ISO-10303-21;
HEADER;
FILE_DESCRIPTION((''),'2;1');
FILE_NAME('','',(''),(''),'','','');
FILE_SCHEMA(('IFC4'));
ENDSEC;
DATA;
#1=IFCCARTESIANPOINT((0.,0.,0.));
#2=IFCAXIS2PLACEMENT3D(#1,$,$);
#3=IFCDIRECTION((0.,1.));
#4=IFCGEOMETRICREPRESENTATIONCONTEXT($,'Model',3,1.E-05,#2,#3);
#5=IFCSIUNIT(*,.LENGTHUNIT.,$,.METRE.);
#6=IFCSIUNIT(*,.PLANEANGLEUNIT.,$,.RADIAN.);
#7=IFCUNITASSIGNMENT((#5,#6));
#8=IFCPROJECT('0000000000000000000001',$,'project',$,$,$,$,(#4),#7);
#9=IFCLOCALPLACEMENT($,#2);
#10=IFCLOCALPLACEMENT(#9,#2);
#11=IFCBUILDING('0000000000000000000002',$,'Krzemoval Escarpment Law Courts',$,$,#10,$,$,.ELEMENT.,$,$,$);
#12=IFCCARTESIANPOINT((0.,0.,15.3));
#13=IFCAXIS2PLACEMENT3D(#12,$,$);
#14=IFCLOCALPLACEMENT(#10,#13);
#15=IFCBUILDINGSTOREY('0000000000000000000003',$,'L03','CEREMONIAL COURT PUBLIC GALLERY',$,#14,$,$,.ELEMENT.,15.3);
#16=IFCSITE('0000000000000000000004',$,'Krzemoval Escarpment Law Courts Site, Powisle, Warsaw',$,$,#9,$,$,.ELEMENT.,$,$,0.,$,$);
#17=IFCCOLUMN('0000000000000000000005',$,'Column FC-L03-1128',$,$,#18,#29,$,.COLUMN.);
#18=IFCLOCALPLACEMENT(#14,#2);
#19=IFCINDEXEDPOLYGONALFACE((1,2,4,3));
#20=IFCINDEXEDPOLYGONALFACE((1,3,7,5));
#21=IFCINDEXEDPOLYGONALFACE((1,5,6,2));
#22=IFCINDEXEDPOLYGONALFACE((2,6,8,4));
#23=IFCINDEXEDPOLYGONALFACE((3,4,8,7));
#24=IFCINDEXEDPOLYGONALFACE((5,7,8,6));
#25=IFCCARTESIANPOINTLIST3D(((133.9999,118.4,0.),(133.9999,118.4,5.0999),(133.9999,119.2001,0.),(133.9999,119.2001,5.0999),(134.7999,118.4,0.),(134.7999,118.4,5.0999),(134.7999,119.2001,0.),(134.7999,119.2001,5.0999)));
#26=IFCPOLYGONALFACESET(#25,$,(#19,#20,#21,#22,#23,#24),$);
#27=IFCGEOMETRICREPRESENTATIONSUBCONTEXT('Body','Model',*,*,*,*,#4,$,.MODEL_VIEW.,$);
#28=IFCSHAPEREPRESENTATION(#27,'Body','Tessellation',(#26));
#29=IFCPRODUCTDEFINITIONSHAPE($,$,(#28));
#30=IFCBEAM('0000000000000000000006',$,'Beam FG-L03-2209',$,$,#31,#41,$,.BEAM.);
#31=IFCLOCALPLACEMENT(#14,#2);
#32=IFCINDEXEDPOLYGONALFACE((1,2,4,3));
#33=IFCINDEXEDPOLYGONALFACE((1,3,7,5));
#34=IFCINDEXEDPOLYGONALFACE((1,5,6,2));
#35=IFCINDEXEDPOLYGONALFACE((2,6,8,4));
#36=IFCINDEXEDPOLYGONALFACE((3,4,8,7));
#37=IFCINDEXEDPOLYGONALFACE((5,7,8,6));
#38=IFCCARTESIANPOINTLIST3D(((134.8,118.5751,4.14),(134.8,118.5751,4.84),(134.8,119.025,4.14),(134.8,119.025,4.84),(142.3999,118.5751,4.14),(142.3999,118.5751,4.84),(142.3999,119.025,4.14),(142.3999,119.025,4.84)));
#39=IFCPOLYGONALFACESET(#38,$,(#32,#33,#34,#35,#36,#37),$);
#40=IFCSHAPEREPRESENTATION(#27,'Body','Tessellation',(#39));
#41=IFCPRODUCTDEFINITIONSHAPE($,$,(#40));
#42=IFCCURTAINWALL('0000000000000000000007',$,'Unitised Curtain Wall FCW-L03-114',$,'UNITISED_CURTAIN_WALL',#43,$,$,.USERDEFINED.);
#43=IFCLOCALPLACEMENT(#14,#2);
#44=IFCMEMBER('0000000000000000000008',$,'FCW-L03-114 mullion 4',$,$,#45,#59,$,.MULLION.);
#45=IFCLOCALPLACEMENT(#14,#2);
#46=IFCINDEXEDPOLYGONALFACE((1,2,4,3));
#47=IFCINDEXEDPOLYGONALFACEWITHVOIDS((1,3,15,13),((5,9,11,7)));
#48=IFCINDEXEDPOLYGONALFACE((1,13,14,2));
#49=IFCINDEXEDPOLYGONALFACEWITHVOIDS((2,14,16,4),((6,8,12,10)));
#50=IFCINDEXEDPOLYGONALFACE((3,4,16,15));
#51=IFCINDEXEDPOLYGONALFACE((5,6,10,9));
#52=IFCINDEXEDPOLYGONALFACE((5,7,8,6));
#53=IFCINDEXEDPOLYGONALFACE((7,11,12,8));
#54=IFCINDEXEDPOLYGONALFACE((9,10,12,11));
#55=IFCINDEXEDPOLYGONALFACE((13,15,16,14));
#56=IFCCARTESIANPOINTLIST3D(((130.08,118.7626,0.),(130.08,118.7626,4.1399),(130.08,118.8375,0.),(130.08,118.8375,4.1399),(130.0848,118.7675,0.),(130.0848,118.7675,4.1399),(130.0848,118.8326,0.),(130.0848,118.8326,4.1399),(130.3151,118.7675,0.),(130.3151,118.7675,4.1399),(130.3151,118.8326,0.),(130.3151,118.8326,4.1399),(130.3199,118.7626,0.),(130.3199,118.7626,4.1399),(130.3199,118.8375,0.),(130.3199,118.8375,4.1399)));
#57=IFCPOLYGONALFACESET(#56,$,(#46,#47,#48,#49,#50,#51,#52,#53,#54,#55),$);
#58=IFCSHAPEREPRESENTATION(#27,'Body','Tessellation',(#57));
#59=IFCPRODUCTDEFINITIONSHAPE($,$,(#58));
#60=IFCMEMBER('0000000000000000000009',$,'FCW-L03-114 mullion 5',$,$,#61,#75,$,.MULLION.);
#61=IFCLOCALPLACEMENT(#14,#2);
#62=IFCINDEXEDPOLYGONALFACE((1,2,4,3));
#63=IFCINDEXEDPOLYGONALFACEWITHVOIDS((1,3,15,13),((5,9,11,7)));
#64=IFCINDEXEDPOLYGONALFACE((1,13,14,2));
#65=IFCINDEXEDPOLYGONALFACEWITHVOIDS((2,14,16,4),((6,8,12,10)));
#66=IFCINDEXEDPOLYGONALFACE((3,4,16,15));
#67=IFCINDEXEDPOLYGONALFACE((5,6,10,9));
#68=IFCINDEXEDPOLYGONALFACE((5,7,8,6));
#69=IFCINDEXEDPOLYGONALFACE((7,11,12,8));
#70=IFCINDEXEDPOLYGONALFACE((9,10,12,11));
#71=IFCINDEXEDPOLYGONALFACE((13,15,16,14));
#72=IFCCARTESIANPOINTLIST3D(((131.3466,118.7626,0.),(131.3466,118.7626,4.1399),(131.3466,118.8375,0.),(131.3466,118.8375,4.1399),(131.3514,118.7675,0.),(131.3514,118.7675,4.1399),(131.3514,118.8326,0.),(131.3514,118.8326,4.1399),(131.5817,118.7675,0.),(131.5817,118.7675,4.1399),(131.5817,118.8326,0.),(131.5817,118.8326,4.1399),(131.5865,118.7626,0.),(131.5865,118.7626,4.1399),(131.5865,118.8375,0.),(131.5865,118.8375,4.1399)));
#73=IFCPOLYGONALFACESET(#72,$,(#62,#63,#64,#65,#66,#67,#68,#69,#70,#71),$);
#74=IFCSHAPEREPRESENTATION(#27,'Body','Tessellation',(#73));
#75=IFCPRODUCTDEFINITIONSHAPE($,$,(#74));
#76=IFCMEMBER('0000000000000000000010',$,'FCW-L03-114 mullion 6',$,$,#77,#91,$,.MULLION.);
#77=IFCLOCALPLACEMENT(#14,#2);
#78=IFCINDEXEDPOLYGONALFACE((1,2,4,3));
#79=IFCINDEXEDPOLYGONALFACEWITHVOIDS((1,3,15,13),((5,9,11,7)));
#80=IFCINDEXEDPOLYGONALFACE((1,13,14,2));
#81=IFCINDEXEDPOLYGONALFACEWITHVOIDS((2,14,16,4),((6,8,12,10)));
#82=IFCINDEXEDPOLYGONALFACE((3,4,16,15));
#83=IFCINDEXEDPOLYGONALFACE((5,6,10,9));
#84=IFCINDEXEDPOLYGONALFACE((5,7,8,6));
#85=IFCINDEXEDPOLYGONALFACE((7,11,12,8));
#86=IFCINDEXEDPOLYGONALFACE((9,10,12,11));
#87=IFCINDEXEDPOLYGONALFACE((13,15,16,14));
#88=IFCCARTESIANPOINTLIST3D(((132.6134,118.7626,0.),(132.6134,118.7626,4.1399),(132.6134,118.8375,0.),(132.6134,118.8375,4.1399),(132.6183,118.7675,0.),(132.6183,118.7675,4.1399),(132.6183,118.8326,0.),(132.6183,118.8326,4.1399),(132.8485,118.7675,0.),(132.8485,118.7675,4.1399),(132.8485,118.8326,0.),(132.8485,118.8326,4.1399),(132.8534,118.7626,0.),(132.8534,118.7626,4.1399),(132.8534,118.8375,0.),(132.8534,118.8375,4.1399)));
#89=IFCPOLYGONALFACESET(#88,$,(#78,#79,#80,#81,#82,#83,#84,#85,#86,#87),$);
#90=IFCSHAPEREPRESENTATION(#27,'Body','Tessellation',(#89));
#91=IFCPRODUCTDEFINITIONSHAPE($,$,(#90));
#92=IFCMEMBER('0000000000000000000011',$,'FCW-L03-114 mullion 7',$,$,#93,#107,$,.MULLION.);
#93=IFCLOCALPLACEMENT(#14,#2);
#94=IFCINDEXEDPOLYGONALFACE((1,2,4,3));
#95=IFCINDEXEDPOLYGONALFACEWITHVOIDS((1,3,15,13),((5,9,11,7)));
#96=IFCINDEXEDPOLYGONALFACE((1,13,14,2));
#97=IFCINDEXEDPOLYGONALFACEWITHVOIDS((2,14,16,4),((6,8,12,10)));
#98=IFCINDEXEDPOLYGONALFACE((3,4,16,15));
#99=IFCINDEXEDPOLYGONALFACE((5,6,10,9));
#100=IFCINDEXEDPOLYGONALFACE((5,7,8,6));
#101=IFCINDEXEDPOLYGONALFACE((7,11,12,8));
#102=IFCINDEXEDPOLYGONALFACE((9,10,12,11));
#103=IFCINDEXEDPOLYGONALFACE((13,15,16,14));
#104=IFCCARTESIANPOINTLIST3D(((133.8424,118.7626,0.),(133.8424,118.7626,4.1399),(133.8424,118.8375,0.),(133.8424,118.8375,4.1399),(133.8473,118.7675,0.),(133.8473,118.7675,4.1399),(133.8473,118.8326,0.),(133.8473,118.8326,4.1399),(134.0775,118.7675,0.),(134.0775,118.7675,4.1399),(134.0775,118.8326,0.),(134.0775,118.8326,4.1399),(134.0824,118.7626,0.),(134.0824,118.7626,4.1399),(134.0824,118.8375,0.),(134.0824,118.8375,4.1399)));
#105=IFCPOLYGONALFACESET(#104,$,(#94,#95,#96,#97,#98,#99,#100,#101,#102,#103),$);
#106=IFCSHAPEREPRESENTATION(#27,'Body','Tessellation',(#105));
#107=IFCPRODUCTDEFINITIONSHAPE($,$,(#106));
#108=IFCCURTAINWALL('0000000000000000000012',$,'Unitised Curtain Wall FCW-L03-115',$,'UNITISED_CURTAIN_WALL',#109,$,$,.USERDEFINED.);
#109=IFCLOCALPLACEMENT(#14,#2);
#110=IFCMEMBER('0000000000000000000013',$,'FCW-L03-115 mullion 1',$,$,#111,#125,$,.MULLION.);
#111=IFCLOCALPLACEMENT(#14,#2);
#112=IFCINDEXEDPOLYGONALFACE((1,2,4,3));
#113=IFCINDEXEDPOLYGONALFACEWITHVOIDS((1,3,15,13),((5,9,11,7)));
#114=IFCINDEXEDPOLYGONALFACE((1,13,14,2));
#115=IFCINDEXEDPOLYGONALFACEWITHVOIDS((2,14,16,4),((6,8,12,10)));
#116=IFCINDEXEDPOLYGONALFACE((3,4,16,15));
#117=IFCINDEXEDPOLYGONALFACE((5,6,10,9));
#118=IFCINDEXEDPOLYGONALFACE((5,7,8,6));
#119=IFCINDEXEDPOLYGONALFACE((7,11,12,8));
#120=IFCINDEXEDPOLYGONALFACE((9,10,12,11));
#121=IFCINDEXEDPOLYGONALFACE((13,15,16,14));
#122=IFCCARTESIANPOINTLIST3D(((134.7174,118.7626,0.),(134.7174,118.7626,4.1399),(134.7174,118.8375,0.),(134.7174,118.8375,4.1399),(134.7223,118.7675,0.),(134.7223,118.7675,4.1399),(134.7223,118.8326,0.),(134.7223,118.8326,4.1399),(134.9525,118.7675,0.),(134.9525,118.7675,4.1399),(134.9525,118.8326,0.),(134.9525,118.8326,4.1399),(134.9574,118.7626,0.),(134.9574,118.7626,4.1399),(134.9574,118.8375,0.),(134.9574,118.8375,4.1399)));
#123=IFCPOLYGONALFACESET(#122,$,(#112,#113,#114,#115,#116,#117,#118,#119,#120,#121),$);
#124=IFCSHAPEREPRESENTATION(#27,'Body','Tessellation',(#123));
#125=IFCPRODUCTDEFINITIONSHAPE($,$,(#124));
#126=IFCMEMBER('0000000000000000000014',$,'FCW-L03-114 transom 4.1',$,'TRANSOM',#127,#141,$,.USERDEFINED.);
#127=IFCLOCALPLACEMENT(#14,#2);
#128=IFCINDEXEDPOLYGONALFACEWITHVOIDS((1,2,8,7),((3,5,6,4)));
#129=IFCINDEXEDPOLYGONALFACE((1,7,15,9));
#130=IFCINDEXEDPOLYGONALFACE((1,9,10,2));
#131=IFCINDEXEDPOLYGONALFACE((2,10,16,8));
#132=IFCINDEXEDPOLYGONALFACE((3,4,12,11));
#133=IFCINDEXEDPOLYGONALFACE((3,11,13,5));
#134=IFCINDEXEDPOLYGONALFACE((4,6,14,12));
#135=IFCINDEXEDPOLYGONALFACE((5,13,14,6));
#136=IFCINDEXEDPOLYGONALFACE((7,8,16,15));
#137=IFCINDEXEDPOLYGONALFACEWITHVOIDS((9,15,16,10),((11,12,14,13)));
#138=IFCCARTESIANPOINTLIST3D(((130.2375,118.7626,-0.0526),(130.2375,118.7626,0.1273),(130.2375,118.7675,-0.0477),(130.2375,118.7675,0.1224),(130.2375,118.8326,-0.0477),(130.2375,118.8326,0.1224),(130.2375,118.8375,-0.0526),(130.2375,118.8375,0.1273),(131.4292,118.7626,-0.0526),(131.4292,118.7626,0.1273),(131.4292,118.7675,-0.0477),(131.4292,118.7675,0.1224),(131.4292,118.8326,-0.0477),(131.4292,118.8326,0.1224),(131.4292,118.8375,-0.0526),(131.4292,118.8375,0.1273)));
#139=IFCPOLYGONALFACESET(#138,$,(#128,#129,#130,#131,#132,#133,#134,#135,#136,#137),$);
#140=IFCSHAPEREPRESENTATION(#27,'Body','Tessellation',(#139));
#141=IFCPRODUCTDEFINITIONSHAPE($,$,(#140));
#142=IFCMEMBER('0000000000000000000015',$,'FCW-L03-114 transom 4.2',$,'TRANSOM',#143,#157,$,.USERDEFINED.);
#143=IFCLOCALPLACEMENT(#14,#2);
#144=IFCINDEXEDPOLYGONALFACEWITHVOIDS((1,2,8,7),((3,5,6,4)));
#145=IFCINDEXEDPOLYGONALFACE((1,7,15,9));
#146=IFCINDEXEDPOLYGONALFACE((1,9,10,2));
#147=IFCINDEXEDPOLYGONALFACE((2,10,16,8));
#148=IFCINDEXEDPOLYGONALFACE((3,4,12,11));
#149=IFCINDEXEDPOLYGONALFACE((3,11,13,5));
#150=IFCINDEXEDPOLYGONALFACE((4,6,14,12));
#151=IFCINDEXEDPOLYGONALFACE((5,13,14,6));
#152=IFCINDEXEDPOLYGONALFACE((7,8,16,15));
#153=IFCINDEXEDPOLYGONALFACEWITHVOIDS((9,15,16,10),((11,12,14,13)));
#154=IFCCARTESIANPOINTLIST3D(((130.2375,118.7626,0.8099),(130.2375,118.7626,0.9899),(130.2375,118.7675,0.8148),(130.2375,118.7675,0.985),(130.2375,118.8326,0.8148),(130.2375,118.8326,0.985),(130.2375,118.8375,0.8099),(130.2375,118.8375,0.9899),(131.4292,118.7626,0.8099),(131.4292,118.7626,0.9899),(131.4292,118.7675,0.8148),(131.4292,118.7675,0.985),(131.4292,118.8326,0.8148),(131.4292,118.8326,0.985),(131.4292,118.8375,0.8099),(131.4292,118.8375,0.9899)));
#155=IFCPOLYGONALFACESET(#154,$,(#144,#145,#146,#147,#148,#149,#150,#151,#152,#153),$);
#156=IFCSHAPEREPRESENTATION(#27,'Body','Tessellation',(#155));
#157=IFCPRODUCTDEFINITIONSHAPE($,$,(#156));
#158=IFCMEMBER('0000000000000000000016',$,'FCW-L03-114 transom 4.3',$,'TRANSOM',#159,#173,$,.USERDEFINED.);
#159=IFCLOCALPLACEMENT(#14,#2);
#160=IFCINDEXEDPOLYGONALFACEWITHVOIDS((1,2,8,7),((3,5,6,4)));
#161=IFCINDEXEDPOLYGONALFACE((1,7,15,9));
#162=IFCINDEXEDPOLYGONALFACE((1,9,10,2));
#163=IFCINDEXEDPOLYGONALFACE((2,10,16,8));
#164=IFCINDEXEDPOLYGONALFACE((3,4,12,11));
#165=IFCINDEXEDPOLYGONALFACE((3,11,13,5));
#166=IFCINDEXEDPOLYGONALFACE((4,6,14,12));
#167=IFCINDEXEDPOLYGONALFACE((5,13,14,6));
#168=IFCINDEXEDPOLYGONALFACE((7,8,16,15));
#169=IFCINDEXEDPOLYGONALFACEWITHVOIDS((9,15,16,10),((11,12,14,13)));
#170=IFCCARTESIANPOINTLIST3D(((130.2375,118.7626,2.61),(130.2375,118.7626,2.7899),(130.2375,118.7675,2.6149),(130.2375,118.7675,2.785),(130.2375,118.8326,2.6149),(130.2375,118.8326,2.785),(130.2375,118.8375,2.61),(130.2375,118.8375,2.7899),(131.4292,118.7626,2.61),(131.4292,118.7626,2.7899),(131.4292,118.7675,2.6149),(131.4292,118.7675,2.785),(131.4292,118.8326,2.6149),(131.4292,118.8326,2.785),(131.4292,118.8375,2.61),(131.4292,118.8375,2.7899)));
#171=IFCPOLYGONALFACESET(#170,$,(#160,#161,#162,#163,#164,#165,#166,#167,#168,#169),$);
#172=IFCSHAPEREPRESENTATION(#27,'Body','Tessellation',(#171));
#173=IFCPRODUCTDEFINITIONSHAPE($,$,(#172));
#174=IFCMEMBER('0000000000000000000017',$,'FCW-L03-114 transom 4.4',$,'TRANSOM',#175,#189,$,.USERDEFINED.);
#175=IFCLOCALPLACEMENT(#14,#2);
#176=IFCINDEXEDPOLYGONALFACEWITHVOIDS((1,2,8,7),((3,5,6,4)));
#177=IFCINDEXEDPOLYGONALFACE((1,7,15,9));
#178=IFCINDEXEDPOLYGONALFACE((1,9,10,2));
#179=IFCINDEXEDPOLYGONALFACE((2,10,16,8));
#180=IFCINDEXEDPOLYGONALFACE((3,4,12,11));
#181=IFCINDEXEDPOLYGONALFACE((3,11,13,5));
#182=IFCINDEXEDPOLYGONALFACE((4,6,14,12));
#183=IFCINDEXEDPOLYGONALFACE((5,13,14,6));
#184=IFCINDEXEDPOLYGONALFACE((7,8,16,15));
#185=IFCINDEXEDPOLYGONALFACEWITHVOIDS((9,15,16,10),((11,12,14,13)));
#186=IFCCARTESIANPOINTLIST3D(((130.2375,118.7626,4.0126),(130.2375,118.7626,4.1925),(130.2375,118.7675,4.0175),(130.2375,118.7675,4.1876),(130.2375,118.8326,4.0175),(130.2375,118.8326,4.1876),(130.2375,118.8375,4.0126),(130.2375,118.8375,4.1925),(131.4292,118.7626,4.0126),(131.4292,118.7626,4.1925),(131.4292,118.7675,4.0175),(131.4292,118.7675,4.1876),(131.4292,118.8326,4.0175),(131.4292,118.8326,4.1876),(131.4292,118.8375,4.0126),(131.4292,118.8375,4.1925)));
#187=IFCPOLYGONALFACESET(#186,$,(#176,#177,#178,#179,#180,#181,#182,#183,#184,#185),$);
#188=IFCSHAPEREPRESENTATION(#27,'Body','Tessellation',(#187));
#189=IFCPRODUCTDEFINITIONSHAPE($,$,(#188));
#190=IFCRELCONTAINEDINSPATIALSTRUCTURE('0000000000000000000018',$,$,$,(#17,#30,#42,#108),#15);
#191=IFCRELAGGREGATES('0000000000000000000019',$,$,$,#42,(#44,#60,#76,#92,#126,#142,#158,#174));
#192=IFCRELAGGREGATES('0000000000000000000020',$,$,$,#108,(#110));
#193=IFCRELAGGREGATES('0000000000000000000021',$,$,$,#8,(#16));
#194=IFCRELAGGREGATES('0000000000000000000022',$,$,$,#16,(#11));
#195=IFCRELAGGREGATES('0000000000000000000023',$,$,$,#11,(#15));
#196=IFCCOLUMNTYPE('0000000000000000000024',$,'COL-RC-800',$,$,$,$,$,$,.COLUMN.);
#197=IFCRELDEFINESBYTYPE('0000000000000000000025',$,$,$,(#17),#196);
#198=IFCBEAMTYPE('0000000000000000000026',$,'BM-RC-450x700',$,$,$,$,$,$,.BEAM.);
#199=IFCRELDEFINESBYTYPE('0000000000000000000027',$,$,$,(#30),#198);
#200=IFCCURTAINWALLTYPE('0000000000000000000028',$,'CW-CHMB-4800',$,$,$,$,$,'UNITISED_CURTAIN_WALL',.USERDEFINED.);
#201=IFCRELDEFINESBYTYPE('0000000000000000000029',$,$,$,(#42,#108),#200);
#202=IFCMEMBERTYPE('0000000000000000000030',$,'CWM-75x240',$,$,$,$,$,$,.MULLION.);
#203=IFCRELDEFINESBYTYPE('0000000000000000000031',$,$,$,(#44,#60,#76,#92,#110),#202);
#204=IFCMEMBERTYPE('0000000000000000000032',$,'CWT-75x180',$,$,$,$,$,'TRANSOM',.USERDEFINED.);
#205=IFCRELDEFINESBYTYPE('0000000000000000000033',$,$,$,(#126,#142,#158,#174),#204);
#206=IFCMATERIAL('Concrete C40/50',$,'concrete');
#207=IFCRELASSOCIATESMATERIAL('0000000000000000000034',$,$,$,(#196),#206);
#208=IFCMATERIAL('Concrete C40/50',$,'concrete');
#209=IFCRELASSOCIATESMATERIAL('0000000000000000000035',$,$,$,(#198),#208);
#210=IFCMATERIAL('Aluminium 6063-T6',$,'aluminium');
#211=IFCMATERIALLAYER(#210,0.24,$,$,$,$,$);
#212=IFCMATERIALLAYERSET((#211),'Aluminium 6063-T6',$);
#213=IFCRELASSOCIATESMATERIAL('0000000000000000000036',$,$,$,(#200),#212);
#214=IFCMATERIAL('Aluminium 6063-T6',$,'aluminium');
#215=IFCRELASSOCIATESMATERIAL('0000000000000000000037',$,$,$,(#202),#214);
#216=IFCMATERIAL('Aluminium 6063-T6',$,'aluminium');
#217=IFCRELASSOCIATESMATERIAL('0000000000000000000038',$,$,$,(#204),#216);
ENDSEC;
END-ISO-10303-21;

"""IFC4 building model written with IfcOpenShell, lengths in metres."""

from ifc_helpers import new_model, si_unit, direction, frame, origin, origin_2d, place, context, subcontext, project, spatial, rectangle, hollow_rectangle, extrude, material, layer, layer_set, material_profile, profile_set, type_object, element, aggregate, save


model = new_model("IFC4")

# Units and contexts
model_context = context("Model", 3, precision=1e-05, world=origin(), true_north=direction((0.0, 1.0)))
body_context = subcontext(model_context, "Body", "Model", "MODEL_VIEW")
ifc_project = project(units=[si_unit("LENGTHUNIT", "METRE"), si_unit("PLANEANGLEUNIT", "RADIAN")], contexts=[model_context])

# Site, building, storey
site_placement = place(None, origin())
site = spatial("IfcSite", under=ifc_project, at=site_placement, Name="Krzemoval Escarpment Law Courts Site, Powisle, Warsaw", CompositionType="ELEMENT", RefElevation=0.0)
building_placement = place(site_placement, origin())
building = spatial("IfcBuilding", under=site, at=building_placement, Name="Krzemoval Escarpment Law Courts", CompositionType="ELEMENT")
storey_placement = place(building_placement, frame((0.0, 0.0, 15.3)))
storey = spatial("IfcBuildingStorey", under=building, at=storey_placement, Name="L03", Description="CEREMONIAL COURT PUBLIC GALLERY", CompositionType="ELEMENT", Elevation=15.3)

# Column
ifc_material_1 = material(Name="Concrete C40/50", Category="concrete")
ifc_material_profile_1 = material_profile(ifc_material_1, rectangle(XDim=0.8, YDim=0.8, at=origin_2d()), Name="RC 800x800")
ifc_profile_set_1 = profile_set([ifc_material_profile_1], Name="Concrete C40/50")
column_type = type_object("IfcColumnType", Name="COL-RC-800", PredefinedType="COLUMN", material=ifc_profile_set_1)
column_placement = place(storey_placement, frame((134.3999, 118.8, 0.0), z_axis=(0.0, 0.0, 1.0), x_axis=(1.0, 0.0, 0.0)))
element("IfcColumn", 1, at=column_placement, inside=storey, type_object=column_type, Name="Column FC-L03-1128", PredefinedType="COLUMN", context=body_context, shape_type="SweptSolid", body=[
    extrude(rectangle(XDim=0.8, YDim=0.8, at=origin_2d()), origin(), (0.0, 0.0, 1.0), 5.0999),
])

# Beam
ifc_material_2 = material(Name="Concrete C40/50", Category="concrete")
ifc_material_profile_2 = material_profile(ifc_material_2, rectangle(XDim=0.45, YDim=0.7, at=origin_2d()), Name="RCB 450x700")
ifc_profile_set_2 = profile_set([ifc_material_profile_2], Name="Concrete C40/50")
beam_type = type_object("IfcBeamType", Name="BM-RC-450x700", PredefinedType="BEAM", material=ifc_profile_set_2)
beam_placement = place(storey_placement, frame((134.8, 118.8, 4.49), z_axis=(1.0, 0.0, 0.0), x_axis=(0.0, 1.0, 0.0)))
element("IfcBeam", 2, at=beam_placement, inside=storey, type_object=beam_type, Name="Beam FG-L03-2209", PredefinedType="BEAM", context=body_context, shape_type="SweptSolid", body=[
    extrude(rectangle(XDim=0.45, YDim=0.7, at=origin_2d()), origin(), (0.0, 0.0, 1.0), 7.5999),
])

# Curtain wall, members
ifc_material_3 = material(Name="Aluminium 6063-T6", Category="aluminium")
ifc_layer_1 = layer(ifc_material_3, 0.24)
ifc_layer_set_1 = layer_set([ifc_layer_1], Name="Aluminium 6063-T6")
curtain_wall_type = type_object("IfcCurtainWallType", Name="CW-CHMB-4800", ElementType="UNITISED_CURTAIN_WALL", PredefinedType="USERDEFINED", material=ifc_layer_set_1)
curtain_wall_1_placement = place(storey_placement, origin())
curtain_wall_1 = element("IfcCurtainWall", 3, at=curtain_wall_1_placement, inside=storey, type_object=curtain_wall_type, Name="Unitised Curtain Wall FCW-L03-114", ObjectType="UNITISED_CURTAIN_WALL", PredefinedType="USERDEFINED")
ifc_material_4 = material(Name="Aluminium 6063-T6", Category="aluminium")
ifc_material_profile_3 = material_profile(ifc_material_4, hollow_rectangle(XDim=0.075, YDim=0.24, WallThickness=0.0049, at=origin_2d()), Name="ALU M75x240")
ifc_profile_set_3 = profile_set([ifc_material_profile_3], Name="Aluminium 6063-T6")
member_type_1 = type_object("IfcMemberType", Name="CWM-75x240", PredefinedType="MULLION", material=ifc_profile_set_3)
member_1_placement = place(storey_placement, frame((130.2, 118.8, 0.0), z_axis=(0.0, 0.0, 1.0), x_axis=(0.0, 1.0, 0.0)))
member_1 = element("IfcMember", 4, at=member_1_placement, type_object=member_type_1, Name="FCW-L03-114 mullion 4", PredefinedType="MULLION", context=body_context, shape_type="SweptSolid", body=[
    extrude(hollow_rectangle(XDim=0.075, YDim=0.24, WallThickness=0.0049, at=origin_2d()), origin(), (0.0, 0.0, 1.0), 4.1399),
])
member_2_placement = place(storey_placement, frame((131.4666, 118.8, 0.0), z_axis=(0.0, 0.0, 1.0), x_axis=(0.0, 1.0, 0.0)))
member_2 = element("IfcMember", 5, at=member_2_placement, type_object=member_type_1, Name="FCW-L03-114 mullion 5", PredefinedType="MULLION", context=body_context, shape_type="SweptSolid", body=[
    extrude(hollow_rectangle(XDim=0.075, YDim=0.24, WallThickness=0.0049, at=origin_2d()), origin(), (0.0, 0.0, 1.0), 4.1399),
])
member_3_placement = place(storey_placement, frame((132.7334, 118.8, 0.0), z_axis=(0.0, 0.0, 1.0), x_axis=(0.0, 1.0, 0.0)))
member_3 = element("IfcMember", 6, at=member_3_placement, type_object=member_type_1, Name="FCW-L03-114 mullion 6", PredefinedType="MULLION", context=body_context, shape_type="SweptSolid", body=[
    extrude(hollow_rectangle(XDim=0.075, YDim=0.24, WallThickness=0.0049, at=origin_2d()), origin(), (0.0, 0.0, 1.0), 4.1399),
])
member_4_placement = place(storey_placement, frame((133.9624, 118.8, 0.0), z_axis=(0.0, 0.0, 1.0), x_axis=(0.0, 1.0, 0.0)))
member_4 = element("IfcMember", 7, at=member_4_placement, type_object=member_type_1, Name="FCW-L03-114 mullion 7", PredefinedType="MULLION", context=body_context, shape_type="SweptSolid", body=[
    extrude(hollow_rectangle(XDim=0.075, YDim=0.24, WallThickness=0.0049, at=origin_2d()), origin(), (0.0, 0.0, 1.0), 4.1399),
])

# Curtain wall, member
curtain_wall_2_placement = place(storey_placement, origin())
curtain_wall_2 = element("IfcCurtainWall", 8, at=curtain_wall_2_placement, inside=storey, type_object=curtain_wall_type, Name="Unitised Curtain Wall FCW-L03-115", ObjectType="UNITISED_CURTAIN_WALL", PredefinedType="USERDEFINED")
member_5_placement = place(storey_placement, frame((134.8374, 118.8, 0.0), z_axis=(0.0, 0.0, 1.0), x_axis=(0.0, 1.0, 0.0)))
member_5 = element("IfcMember", 9, at=member_5_placement, type_object=member_type_1, Name="FCW-L03-115 mullion 1", PredefinedType="MULLION", context=body_context, shape_type="SweptSolid", body=[
    extrude(hollow_rectangle(XDim=0.075, YDim=0.24, WallThickness=0.0049, at=origin_2d()), origin(), (0.0, 0.0, 1.0), 4.1399),
])

# Members
ifc_material_5 = material(Name="Aluminium 6063-T6", Category="aluminium")
ifc_material_profile_4 = material_profile(ifc_material_5, hollow_rectangle(XDim=0.075, YDim=0.1799, WallThickness=0.0049, at=origin_2d()), Name="ALU T75x180")
ifc_profile_set_4 = profile_set([ifc_material_profile_4], Name="Aluminium 6063-T6")
member_type_2 = type_object("IfcMemberType", Name="CWT-75x180", ElementType="TRANSOM", PredefinedType="USERDEFINED", material=ifc_profile_set_4)
member_6_placement = place(storey_placement, frame((130.2375, 118.8, 0.0374), z_axis=(1.0, 0.0, 0.0), x_axis=(0.0, 1.0, 0.0)))
member_6 = element("IfcMember", 10, at=member_6_placement, type_object=member_type_2, Name="FCW-L03-114 transom 4.1", ObjectType="TRANSOM", PredefinedType="USERDEFINED", context=body_context, shape_type="SweptSolid", body=[
    extrude(hollow_rectangle(XDim=0.075, YDim=0.1799, WallThickness=0.0049, at=origin_2d()), origin(), (0.0, 0.0, 1.0), 1.1917),
])
member_7_placement = place(storey_placement, frame((130.2375, 118.8, 0.8999), z_axis=(1.0, 0.0, 0.0), x_axis=(0.0, 1.0, 0.0)))
member_7 = element("IfcMember", 11, at=member_7_placement, type_object=member_type_2, Name="FCW-L03-114 transom 4.2", ObjectType="TRANSOM", PredefinedType="USERDEFINED", context=body_context, shape_type="SweptSolid", body=[
    extrude(hollow_rectangle(XDim=0.075, YDim=0.1799, WallThickness=0.0049, at=origin_2d()), origin(), (0.0, 0.0, 1.0), 1.1917),
])
member_8_placement = place(storey_placement, frame((130.2375, 118.8, 2.7), z_axis=(1.0, 0.0, 0.0), x_axis=(0.0, 1.0, 0.0)))
member_8 = element("IfcMember", 12, at=member_8_placement, type_object=member_type_2, Name="FCW-L03-114 transom 4.3", ObjectType="TRANSOM", PredefinedType="USERDEFINED", context=body_context, shape_type="SweptSolid", body=[
    extrude(hollow_rectangle(XDim=0.075, YDim=0.1799, WallThickness=0.0049, at=origin_2d()), origin(), (0.0, 0.0, 1.0), 1.1917),
])
member_9_placement = place(storey_placement, frame((130.2375, 118.8, 4.1025), z_axis=(1.0, 0.0, 0.0), x_axis=(0.0, 1.0, 0.0)))
member_9 = element("IfcMember", 13, at=member_9_placement, type_object=member_type_2, Name="FCW-L03-114 transom 4.4", ObjectType="TRANSOM", PredefinedType="USERDEFINED", context=body_context, shape_type="SweptSolid", body=[
    extrude(hollow_rectangle(XDim=0.075, YDim=0.1799, WallThickness=0.0049, at=origin_2d()), origin(), (0.0, 0.0, 1.0), 1.1917),
])

aggregate(curtain_wall_1, [member_1, member_2, member_3, member_4, member_6, member_7, member_8, member_9])
aggregate(curtain_wall_2, [member_5])

save(model, "model.ifc")
